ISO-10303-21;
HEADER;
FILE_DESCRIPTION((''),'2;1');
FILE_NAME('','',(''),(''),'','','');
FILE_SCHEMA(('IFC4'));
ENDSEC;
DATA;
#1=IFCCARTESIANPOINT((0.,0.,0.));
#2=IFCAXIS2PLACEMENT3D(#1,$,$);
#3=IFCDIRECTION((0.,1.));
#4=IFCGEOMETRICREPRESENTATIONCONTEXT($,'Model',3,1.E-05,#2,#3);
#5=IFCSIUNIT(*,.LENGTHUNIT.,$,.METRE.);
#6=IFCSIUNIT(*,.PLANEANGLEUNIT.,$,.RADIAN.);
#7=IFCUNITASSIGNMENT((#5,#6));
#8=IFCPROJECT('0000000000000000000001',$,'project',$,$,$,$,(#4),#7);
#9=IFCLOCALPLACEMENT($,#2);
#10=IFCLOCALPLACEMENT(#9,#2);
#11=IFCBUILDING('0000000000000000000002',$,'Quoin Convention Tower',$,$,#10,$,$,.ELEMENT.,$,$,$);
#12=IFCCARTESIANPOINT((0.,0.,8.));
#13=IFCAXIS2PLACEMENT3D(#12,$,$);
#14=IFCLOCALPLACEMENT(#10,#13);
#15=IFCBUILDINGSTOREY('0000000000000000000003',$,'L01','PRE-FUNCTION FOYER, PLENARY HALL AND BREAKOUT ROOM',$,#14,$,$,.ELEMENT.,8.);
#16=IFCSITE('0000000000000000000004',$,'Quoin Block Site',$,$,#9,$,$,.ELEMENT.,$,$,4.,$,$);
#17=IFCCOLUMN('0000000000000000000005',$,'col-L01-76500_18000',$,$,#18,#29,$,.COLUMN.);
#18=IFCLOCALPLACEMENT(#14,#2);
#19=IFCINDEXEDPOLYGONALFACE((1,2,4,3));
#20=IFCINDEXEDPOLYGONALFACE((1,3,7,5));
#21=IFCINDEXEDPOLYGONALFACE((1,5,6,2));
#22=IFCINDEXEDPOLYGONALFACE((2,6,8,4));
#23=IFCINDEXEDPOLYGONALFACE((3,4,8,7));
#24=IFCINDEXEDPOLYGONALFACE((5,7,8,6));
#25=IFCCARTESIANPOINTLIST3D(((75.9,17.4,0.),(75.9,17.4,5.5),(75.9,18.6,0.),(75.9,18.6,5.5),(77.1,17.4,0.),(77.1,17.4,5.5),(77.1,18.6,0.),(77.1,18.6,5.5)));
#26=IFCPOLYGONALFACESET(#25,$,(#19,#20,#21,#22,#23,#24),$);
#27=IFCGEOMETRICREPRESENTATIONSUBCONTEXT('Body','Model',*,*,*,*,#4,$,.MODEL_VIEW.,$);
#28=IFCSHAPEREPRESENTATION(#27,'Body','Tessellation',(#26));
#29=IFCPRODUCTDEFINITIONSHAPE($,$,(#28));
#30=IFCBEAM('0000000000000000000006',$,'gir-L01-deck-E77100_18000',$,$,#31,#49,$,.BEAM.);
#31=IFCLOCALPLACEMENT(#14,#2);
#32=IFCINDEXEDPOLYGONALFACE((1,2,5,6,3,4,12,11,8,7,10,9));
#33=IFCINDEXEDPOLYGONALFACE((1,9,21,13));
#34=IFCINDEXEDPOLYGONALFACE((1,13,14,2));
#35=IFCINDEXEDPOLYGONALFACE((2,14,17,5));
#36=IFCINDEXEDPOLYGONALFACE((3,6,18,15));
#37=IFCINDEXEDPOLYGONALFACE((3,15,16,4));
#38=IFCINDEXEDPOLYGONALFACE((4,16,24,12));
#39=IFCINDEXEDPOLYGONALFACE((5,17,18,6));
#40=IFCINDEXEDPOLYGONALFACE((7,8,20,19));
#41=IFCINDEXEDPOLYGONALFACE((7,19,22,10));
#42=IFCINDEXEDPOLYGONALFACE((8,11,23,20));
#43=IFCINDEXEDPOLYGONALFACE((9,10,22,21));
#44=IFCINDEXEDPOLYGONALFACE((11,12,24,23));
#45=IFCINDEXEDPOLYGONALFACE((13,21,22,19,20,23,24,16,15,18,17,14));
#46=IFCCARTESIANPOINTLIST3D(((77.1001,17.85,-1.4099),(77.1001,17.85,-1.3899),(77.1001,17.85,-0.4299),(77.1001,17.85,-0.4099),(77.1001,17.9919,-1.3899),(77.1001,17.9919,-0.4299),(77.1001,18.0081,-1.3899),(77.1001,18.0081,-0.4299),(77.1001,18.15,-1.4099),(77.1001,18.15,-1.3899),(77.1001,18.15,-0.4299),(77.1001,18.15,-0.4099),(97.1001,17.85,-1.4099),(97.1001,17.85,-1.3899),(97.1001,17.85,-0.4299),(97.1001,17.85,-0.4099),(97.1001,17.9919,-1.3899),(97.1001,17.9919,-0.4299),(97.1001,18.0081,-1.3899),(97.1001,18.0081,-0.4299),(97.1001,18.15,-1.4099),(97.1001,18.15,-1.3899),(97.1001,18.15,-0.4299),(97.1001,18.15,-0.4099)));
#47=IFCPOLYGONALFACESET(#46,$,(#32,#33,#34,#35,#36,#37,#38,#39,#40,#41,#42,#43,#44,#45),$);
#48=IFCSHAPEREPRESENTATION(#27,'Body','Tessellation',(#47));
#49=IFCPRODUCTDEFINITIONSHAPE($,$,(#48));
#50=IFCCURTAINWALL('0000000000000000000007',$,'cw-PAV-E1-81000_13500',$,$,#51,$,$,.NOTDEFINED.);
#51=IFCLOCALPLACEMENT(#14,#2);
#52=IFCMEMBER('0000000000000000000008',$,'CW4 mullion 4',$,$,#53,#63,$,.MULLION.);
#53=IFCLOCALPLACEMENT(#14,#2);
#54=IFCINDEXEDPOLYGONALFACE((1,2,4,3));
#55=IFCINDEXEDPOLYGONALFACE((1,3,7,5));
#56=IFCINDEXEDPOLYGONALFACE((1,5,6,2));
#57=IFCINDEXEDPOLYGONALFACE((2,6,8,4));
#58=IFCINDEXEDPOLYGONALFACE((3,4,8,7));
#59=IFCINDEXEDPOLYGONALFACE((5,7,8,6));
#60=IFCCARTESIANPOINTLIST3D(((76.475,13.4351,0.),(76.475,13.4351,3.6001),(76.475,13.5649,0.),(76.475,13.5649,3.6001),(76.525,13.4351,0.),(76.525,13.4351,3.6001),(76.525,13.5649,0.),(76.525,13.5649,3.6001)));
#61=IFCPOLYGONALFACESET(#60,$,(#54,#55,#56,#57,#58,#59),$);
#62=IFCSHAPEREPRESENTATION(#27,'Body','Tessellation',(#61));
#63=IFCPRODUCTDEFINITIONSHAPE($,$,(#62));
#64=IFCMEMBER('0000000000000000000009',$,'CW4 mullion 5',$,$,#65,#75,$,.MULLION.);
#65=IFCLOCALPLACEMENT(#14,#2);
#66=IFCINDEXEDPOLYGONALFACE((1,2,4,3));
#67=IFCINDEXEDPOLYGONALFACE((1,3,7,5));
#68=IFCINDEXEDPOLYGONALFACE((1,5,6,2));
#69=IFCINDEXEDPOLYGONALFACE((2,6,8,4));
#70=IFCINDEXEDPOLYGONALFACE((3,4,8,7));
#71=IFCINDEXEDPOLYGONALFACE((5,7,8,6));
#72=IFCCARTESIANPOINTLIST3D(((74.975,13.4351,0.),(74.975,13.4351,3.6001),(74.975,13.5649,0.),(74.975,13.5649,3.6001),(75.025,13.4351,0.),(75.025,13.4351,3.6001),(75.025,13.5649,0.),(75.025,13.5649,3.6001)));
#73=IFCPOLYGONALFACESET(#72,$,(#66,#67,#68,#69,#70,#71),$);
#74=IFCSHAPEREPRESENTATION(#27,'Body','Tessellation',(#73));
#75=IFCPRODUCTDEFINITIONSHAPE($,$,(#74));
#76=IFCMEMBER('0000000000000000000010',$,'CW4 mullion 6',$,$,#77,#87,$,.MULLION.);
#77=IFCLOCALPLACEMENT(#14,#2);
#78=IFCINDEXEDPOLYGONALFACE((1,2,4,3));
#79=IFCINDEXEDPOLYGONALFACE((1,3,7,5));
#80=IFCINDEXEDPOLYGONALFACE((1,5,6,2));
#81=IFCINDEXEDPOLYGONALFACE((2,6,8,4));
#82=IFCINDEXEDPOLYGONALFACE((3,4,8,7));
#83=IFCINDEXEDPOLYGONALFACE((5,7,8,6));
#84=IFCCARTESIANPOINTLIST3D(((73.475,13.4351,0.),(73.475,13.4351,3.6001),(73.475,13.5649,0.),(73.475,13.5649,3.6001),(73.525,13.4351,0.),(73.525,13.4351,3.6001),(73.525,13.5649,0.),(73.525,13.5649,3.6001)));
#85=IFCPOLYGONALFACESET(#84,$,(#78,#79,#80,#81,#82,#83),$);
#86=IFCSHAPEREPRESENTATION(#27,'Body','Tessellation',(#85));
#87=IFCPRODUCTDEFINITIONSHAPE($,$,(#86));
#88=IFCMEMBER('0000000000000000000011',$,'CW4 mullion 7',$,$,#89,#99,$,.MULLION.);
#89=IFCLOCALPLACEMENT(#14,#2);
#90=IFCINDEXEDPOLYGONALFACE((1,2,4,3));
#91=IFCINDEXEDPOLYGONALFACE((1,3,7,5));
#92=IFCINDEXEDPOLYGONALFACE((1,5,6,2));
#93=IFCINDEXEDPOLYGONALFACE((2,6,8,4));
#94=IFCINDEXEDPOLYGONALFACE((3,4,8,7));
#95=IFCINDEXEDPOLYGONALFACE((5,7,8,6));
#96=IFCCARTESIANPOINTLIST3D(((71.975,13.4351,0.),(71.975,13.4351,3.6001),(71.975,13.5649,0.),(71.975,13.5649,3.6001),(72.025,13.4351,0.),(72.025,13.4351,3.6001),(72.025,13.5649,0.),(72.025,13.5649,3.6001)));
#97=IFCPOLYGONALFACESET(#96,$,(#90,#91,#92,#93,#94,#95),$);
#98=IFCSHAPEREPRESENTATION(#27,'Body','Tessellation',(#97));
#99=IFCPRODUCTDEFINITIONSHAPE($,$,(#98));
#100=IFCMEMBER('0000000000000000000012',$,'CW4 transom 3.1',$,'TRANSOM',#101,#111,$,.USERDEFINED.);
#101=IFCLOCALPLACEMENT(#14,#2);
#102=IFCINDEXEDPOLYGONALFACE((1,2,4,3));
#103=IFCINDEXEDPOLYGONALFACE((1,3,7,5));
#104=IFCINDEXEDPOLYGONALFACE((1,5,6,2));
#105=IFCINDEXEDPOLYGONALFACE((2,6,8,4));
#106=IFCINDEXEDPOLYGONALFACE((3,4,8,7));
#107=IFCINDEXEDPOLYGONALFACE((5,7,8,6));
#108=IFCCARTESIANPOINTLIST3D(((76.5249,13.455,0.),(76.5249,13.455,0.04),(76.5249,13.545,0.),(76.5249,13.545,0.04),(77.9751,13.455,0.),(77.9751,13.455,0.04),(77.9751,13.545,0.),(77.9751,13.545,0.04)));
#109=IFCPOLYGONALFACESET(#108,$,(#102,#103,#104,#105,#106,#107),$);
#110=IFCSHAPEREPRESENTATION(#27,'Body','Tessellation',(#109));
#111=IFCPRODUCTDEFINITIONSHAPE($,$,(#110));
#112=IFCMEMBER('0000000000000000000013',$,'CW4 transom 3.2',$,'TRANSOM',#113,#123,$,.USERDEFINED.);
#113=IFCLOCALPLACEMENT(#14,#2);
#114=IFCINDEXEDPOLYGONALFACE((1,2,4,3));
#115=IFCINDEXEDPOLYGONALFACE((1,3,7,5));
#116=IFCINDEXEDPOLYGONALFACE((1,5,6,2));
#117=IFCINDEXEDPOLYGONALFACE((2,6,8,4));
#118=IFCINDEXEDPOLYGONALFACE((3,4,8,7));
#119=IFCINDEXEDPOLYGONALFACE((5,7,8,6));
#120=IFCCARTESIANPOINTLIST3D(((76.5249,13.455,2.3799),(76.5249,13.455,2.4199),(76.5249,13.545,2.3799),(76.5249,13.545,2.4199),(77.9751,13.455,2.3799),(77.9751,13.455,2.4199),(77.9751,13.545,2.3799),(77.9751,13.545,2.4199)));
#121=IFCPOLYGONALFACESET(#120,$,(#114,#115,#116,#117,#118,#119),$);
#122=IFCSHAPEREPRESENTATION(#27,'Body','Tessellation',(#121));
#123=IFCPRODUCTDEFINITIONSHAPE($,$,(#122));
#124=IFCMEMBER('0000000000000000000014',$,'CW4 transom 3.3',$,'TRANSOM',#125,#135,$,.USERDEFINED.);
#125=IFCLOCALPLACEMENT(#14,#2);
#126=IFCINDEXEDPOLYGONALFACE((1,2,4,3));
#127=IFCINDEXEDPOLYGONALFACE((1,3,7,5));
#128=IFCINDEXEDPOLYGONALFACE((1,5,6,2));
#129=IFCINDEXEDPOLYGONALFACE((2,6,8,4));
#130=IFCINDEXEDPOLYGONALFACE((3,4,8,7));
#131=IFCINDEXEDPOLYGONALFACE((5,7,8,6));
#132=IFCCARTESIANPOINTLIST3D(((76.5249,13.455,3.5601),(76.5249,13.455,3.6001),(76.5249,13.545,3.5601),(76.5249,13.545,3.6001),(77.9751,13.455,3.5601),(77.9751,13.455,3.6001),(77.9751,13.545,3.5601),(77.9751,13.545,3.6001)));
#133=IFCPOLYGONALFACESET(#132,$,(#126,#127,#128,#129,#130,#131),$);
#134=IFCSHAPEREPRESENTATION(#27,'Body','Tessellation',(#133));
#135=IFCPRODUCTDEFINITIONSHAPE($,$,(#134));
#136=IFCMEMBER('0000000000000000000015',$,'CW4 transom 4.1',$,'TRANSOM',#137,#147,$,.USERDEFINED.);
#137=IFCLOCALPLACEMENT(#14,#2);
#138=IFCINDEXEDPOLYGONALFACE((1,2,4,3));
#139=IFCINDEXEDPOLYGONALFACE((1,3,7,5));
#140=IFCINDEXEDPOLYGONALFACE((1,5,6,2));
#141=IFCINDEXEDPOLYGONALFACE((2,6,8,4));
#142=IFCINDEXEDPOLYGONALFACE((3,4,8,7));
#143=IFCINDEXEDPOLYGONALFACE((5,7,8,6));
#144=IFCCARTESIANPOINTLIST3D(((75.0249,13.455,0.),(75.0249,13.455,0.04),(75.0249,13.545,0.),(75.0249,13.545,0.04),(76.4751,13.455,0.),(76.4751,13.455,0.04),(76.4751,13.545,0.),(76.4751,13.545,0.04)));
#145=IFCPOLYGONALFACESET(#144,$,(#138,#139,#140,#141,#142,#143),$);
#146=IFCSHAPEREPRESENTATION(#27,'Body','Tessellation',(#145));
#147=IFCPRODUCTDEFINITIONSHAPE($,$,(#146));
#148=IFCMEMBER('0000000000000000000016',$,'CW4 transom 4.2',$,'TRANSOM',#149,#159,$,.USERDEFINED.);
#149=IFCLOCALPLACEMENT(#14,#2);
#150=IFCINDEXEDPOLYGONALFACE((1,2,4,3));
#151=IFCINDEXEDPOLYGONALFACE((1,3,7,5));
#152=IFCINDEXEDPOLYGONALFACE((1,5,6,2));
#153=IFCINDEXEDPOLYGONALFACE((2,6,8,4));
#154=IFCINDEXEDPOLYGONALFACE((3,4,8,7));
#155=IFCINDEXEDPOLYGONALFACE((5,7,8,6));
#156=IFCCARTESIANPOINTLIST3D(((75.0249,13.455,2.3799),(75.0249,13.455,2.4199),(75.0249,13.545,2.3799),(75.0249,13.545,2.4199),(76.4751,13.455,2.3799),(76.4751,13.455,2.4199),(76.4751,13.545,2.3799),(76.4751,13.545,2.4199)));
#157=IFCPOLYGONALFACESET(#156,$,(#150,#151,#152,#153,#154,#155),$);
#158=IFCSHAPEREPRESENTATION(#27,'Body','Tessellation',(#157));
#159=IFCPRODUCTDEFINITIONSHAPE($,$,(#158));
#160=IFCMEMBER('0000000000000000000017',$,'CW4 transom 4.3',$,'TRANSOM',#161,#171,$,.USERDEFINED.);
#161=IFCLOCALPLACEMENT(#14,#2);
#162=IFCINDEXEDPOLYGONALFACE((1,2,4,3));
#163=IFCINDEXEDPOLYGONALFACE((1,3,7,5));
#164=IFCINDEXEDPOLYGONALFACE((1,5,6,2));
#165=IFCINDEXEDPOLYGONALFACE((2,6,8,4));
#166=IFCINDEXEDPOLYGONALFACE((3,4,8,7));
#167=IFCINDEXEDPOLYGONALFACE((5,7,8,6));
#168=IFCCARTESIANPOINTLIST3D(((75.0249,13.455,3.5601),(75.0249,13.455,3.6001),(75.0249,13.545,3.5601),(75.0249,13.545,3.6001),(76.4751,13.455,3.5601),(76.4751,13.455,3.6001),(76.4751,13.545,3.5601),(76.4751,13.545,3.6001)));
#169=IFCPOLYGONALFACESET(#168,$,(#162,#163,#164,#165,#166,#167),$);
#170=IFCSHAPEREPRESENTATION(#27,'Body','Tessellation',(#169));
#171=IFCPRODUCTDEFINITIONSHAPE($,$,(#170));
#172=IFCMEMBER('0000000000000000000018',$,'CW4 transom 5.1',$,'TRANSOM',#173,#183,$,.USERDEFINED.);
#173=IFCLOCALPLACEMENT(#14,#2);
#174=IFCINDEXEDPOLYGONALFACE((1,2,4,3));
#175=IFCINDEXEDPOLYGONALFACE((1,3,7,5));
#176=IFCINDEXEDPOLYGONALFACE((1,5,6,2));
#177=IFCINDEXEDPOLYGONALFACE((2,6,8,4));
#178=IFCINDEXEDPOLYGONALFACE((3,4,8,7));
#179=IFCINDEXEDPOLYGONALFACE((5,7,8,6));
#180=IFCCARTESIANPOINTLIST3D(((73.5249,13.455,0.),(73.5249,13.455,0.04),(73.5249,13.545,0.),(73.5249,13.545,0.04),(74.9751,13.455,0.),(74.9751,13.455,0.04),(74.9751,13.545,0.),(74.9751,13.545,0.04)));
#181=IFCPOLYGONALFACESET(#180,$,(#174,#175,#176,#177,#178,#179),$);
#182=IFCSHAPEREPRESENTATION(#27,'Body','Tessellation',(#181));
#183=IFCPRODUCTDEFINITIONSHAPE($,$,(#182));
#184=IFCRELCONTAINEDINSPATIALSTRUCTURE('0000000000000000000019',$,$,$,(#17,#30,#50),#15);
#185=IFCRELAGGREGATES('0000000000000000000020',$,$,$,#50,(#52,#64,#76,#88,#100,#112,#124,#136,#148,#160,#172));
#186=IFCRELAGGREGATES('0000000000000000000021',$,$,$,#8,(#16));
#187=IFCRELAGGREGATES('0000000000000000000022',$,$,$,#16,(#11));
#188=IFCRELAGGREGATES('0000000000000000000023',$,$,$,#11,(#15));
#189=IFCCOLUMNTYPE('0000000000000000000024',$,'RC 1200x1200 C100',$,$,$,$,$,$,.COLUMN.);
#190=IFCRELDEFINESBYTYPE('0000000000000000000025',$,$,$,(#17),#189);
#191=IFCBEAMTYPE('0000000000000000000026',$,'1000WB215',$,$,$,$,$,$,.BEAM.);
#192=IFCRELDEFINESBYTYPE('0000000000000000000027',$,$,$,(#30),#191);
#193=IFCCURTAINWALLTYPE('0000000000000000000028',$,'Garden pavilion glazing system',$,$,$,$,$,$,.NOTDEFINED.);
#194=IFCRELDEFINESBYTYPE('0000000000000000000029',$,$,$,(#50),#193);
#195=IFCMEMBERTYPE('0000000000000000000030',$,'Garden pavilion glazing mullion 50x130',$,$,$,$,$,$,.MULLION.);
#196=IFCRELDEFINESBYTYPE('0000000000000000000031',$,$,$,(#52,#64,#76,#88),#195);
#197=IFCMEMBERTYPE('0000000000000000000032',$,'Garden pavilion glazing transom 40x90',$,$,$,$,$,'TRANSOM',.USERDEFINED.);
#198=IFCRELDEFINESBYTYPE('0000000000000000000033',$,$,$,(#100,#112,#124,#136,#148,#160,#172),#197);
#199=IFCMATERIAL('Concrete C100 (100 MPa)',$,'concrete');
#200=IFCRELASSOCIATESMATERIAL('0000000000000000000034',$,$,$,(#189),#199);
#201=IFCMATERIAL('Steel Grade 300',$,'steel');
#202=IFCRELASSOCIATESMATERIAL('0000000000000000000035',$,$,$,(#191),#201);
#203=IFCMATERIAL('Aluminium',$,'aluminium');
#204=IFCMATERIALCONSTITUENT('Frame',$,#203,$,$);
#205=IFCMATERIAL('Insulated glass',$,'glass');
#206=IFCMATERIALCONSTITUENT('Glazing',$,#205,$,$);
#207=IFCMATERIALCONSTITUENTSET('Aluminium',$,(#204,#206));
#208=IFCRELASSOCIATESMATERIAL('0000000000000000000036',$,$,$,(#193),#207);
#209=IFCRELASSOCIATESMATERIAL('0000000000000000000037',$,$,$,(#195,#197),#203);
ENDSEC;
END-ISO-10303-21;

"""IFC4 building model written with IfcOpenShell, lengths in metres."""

from ifc_helpers import new_model, si_unit, direction, frame, origin, origin_2d, place, context, subcontext, project, spatial, rectangle, i_section, extrude, material, constituent, constituent_set, material_profile, profile_set, type_object, element, aggregate, save


model = new_model("IFC4")

# Units and contexts
model_context = context("Model", 3, precision=1e-05, world=origin(), true_north=direction((0.0, 1.0)))
body_context = subcontext(model_context, "Body", "Model", "MODEL_VIEW")
ifc_project = project(units=[si_unit("LENGTHUNIT", "METRE"), si_unit("PLANEANGLEUNIT", "RADIAN")], contexts=[model_context])

# Site, building, storey
site_placement = place(None, origin())
site = spatial("IfcSite", under=ifc_project, at=site_placement, Name="Quoin Block Site", CompositionType="ELEMENT", RefElevation=4.0)
building_placement = place(site_placement, origin())
building = spatial("IfcBuilding", under=site, at=building_placement, Name="Quoin Convention Tower", CompositionType="ELEMENT")
storey_placement = place(building_placement, frame((0.0, 0.0, 8.0)))
storey = spatial("IfcBuildingStorey", under=building, at=storey_placement, Name="L01", Description="PRE-FUNCTION FOYER, PLENARY HALL AND BREAKOUT ROOM", CompositionType="ELEMENT", Elevation=8.0)

# Column
ifc_material_1 = material(Name="Concrete C100 (100 MPa)", Category="concrete")
ifc_material_profile_1 = material_profile(ifc_material_1, rectangle(XDim=1.2, YDim=1.2, at=origin_2d()), Name="RC 1200x1200")
ifc_profile_set_1 = profile_set([ifc_material_profile_1], Name="Concrete C100 (100 MPa)")
column_type = type_object("IfcColumnType", Name="RC 1200x1200 C100", PredefinedType="COLUMN", material=ifc_profile_set_1)
column_placement = place(storey_placement, frame((76.5, 18.0, 0.0), z_axis=(0.0, 0.0, 1.0), x_axis=(1.0, 0.0, 0.0)))
element("IfcColumn", 1, at=column_placement, inside=storey, type_object=column_type, Name="col-L01-76500_18000", PredefinedType="COLUMN", context=body_context, shape_type="SweptSolid", body=[
    extrude(rectangle(XDim=1.2, YDim=1.2, at=origin_2d()), origin(), (0.0, 0.0, 1.0), 5.5),
])

# Beam
ifc_material_2 = material(Name="Steel Grade 300", Category="steel")
ifc_material_profile_2 = material_profile(ifc_material_2, i_section(OverallWidth=0.3, OverallDepth=1.0, WebThickness=0.0161, FlangeThickness=0.02, at=origin_2d()), Name="1000WB215")
ifc_profile_set_2 = profile_set([ifc_material_profile_2], Name="Steel Grade 300")
beam_type_1 = type_object("IfcBeamType", Name="1000WB215", PredefinedType="BEAM", material=ifc_profile_set_2)
beam_1_placement = place(storey_placement, frame((77.1001, 18.0, -0.9099), z_axis=(1.0, 0.0, 0.0), x_axis=(0.0, 1.0, 0.0)))
element("IfcBeam", 2, at=beam_1_placement, inside=storey, type_object=beam_type_1, Name="gir-L01-deck-E77100_18000", PredefinedType="BEAM", context=body_context, shape_type="SweptSolid", body=[
    extrude(i_section(OverallWidth=0.3, OverallDepth=1.0, WebThickness=0.0161, FlangeThickness=0.02, at=origin_2d()), origin(), (0.0, 0.0, 1.0), 20.0),
])

# Curtain wall, members
ifc_material_3 = material(Name="Aluminium", Category="aluminium")
ifc_constituent_1 = constituent(ifc_material_3, Name="Frame")
ifc_material_4 = material(Name="Insulated glass", Category="glass")
ifc_constituent_2 = constituent(ifc_material_4, Name="Glazing")
ifc_constituent_set_1 = constituent_set(constituents=[ifc_constituent_1, ifc_constituent_2], Name="Aluminium")
curtain_wall_type = type_object("IfcCurtainWallType", Name="Garden pavilion glazing system", PredefinedType="NOTDEFINED", material=ifc_constituent_set_1)
curtain_wall_placement = place(storey_placement, origin())
curtain_wall = element("IfcCurtainWall", 3, at=curtain_wall_placement, inside=storey, type_object=curtain_wall_type, Name="cw-PAV-E1-81000_13500", PredefinedType="NOTDEFINED")
ifc_material_profile_3 = material_profile(ifc_material_3, rectangle(XDim=0.1299, YDim=0.05, at=origin_2d()), Name="Garden pavilion glazing mullion 50x130")
ifc_profile_set_3 = profile_set([ifc_material_profile_3], Name="Aluminium")
member_type_1 = type_object("IfcMemberType", Name="Garden pavilion glazing mullion 50x130", PredefinedType="MULLION", material=ifc_profile_set_3)
member_1_placement = place(storey_placement, frame((76.5, 13.5, 0.0), z_axis=(0.0, 0.0, 1.0), x_axis=(0.0, -1.0, 0.0)))
member_1 = element("IfcMember", 4, at=member_1_placement, type_object=member_type_1, Name="CW4 mullion 4", PredefinedType="MULLION", context=body_context, shape_type="SweptSolid", body=[
    extrude(rectangle(XDim=0.1299, YDim=0.05, at=origin_2d()), origin(), (0.0, 0.0, 1.0), 3.6001),
])
member_2_placement = place(storey_placement, frame((75.0, 13.5, 0.0), z_axis=(0.0, 0.0, 1.0), x_axis=(0.0, -1.0, 0.0)))
member_2 = element("IfcMember", 5, at=member_2_placement, type_object=member_type_1, Name="CW4 mullion 5", PredefinedType="MULLION", context=body_context, shape_type="SweptSolid", body=[
    extrude(rectangle(XDim=0.1299, YDim=0.05, at=origin_2d()), origin(), (0.0, 0.0, 1.0), 3.6001),
])
member_3_placement = place(storey_placement, frame((73.5, 13.5, 0.0), z_axis=(0.0, 0.0, 1.0), x_axis=(0.0, -1.0, 0.0)))
member_3 = element("IfcMember", 6, at=member_3_placement, type_object=member_type_1, Name="CW4 mullion 6", PredefinedType="MULLION", context=body_context, shape_type="SweptSolid", body=[
    extrude(rectangle(XDim=0.1299, YDim=0.05, at=origin_2d()), origin(), (0.0, 0.0, 1.0), 3.6001),
])
member_4_placement = place(storey_placement, frame((72.0, 13.5, 0.0), z_axis=(0.0, 0.0, 1.0), x_axis=(0.0, -1.0, 0.0)))
member_4 = element("IfcMember", 7, at=member_4_placement, type_object=member_type_1, Name="CW4 mullion 7", PredefinedType="MULLION", context=body_context, shape_type="SweptSolid", body=[
    extrude(rectangle(XDim=0.1299, YDim=0.05, at=origin_2d()), origin(), (0.0, 0.0, 1.0), 3.6001),
])
ifc_material_profile_4 = material_profile(ifc_material_3, rectangle(XDim=0.0901, YDim=0.04, at=origin_2d()), Name="Garden pavilion glazing transom 40x90")
ifc_profile_set_4 = profile_set([ifc_material_profile_4], Name="Aluminium")
member_type_2 = type_object("IfcMemberType", Name="Garden pavilion glazing transom 40x90", ElementType="TRANSOM", PredefinedType="USERDEFINED", material=ifc_profile_set_4)
member_5_placement = place(storey_placement, frame((77.9751, 13.5, 0.02), z_axis=(-1.0, 0.0, 0.0), x_axis=(0.0, -1.0, 0.0)))
member_5 = element("IfcMember", 8, at=member_5_placement, type_object=member_type_2, Name="CW4 transom 3.1", ObjectType="TRANSOM", PredefinedType="USERDEFINED", context=body_context, shape_type="SweptSolid", body=[
    extrude(rectangle(XDim=0.0901, YDim=0.04, at=origin_2d()), origin(), (0.0, 0.0, 1.0), 1.4502),
])
member_6_placement = place(storey_placement, frame((77.9751, 13.5, 2.3999), z_axis=(-1.0, 0.0, 0.0), x_axis=(0.0, -1.0, 0.0)))
member_6 = element("IfcMember", 9, at=member_6_placement, type_object=member_type_2, Name="CW4 transom 3.2", ObjectType="TRANSOM", PredefinedType="USERDEFINED", context=body_context, shape_type="SweptSolid", body=[
    extrude(rectangle(XDim=0.0901, YDim=0.04, at=origin_2d()), origin(), (0.0, 0.0, 1.0), 1.4502),
])
member_7_placement = place(storey_placement, frame((77.9751, 13.5, 3.5801), z_axis=(-1.0, 0.0, 0.0), x_axis=(0.0, -1.0, 0.0)))
member_7 = element("IfcMember", 10, at=member_7_placement, type_object=member_type_2, Name="CW4 transom 3.3", ObjectType="TRANSOM", PredefinedType="USERDEFINED", context=body_context, shape_type="SweptSolid", body=[
    extrude(rectangle(XDim=0.0901, YDim=0.04, at=origin_2d()), origin(), (0.0, 0.0, 1.0), 1.4502),
])
member_8_placement = place(storey_placement, frame((76.4751, 13.5, 0.02), z_axis=(-1.0, 0.0, 0.0), x_axis=(0.0, -1.0, 0.0)))
member_8 = element("IfcMember", 11, at=member_8_placement, type_object=member_type_2, Name="CW4 transom 4.1", ObjectType="TRANSOM", PredefinedType="USERDEFINED", context=body_context, shape_type="SweptSolid", body=[
    extrude(rectangle(XDim=0.0901, YDim=0.04, at=origin_2d()), origin(), (0.0, 0.0, 1.0), 1.4502),
])
member_9_placement = place(storey_placement, frame((76.4751, 13.5, 2.3999), z_axis=(-1.0, 0.0, 0.0), x_axis=(0.0, -1.0, 0.0)))
member_9 = element("IfcMember", 12, at=member_9_placement, type_object=member_type_2, Name="CW4 transom 4.2", ObjectType="TRANSOM", PredefinedType="USERDEFINED", context=body_context, shape_type="SweptSolid", body=[
    extrude(rectangle(XDim=0.0901, YDim=0.04, at=origin_2d()), origin(), (0.0, 0.0, 1.0), 1.4502),
])
member_10_placement = place(storey_placement, frame((76.4751, 13.5, 3.5801), z_axis=(-1.0, 0.0, 0.0), x_axis=(0.0, -1.0, 0.0)))
member_10 = element("IfcMember", 13, at=member_10_placement, type_object=member_type_2, Name="CW4 transom 4.3", ObjectType="TRANSOM", PredefinedType="USERDEFINED", context=body_context, shape_type="SweptSolid", body=[
    extrude(rectangle(XDim=0.0901, YDim=0.04, at=origin_2d()), origin(), (0.0, 0.0, 1.0), 1.4502),
])
member_11_placement = place(storey_placement, frame((74.9751, 13.5, 0.02), z_axis=(-1.0, 0.0, 0.0), x_axis=(0.0, -1.0, 0.0)))
member_11 = element("IfcMember", 14, at=member_11_placement, type_object=member_type_2, Name="CW4 transom 5.1", ObjectType="TRANSOM", PredefinedType="USERDEFINED", context=body_context, shape_type="SweptSolid", body=[
    extrude(rectangle(XDim=0.0901, YDim=0.04, at=origin_2d()), origin(), (0.0, 0.0, 1.0), 1.4502),
])

aggregate(curtain_wall, [member_1, member_2, member_3, member_4, member_5, member_6, member_7, member_8, member_9, member_10, member_11])

save(model, "model.ifc")
